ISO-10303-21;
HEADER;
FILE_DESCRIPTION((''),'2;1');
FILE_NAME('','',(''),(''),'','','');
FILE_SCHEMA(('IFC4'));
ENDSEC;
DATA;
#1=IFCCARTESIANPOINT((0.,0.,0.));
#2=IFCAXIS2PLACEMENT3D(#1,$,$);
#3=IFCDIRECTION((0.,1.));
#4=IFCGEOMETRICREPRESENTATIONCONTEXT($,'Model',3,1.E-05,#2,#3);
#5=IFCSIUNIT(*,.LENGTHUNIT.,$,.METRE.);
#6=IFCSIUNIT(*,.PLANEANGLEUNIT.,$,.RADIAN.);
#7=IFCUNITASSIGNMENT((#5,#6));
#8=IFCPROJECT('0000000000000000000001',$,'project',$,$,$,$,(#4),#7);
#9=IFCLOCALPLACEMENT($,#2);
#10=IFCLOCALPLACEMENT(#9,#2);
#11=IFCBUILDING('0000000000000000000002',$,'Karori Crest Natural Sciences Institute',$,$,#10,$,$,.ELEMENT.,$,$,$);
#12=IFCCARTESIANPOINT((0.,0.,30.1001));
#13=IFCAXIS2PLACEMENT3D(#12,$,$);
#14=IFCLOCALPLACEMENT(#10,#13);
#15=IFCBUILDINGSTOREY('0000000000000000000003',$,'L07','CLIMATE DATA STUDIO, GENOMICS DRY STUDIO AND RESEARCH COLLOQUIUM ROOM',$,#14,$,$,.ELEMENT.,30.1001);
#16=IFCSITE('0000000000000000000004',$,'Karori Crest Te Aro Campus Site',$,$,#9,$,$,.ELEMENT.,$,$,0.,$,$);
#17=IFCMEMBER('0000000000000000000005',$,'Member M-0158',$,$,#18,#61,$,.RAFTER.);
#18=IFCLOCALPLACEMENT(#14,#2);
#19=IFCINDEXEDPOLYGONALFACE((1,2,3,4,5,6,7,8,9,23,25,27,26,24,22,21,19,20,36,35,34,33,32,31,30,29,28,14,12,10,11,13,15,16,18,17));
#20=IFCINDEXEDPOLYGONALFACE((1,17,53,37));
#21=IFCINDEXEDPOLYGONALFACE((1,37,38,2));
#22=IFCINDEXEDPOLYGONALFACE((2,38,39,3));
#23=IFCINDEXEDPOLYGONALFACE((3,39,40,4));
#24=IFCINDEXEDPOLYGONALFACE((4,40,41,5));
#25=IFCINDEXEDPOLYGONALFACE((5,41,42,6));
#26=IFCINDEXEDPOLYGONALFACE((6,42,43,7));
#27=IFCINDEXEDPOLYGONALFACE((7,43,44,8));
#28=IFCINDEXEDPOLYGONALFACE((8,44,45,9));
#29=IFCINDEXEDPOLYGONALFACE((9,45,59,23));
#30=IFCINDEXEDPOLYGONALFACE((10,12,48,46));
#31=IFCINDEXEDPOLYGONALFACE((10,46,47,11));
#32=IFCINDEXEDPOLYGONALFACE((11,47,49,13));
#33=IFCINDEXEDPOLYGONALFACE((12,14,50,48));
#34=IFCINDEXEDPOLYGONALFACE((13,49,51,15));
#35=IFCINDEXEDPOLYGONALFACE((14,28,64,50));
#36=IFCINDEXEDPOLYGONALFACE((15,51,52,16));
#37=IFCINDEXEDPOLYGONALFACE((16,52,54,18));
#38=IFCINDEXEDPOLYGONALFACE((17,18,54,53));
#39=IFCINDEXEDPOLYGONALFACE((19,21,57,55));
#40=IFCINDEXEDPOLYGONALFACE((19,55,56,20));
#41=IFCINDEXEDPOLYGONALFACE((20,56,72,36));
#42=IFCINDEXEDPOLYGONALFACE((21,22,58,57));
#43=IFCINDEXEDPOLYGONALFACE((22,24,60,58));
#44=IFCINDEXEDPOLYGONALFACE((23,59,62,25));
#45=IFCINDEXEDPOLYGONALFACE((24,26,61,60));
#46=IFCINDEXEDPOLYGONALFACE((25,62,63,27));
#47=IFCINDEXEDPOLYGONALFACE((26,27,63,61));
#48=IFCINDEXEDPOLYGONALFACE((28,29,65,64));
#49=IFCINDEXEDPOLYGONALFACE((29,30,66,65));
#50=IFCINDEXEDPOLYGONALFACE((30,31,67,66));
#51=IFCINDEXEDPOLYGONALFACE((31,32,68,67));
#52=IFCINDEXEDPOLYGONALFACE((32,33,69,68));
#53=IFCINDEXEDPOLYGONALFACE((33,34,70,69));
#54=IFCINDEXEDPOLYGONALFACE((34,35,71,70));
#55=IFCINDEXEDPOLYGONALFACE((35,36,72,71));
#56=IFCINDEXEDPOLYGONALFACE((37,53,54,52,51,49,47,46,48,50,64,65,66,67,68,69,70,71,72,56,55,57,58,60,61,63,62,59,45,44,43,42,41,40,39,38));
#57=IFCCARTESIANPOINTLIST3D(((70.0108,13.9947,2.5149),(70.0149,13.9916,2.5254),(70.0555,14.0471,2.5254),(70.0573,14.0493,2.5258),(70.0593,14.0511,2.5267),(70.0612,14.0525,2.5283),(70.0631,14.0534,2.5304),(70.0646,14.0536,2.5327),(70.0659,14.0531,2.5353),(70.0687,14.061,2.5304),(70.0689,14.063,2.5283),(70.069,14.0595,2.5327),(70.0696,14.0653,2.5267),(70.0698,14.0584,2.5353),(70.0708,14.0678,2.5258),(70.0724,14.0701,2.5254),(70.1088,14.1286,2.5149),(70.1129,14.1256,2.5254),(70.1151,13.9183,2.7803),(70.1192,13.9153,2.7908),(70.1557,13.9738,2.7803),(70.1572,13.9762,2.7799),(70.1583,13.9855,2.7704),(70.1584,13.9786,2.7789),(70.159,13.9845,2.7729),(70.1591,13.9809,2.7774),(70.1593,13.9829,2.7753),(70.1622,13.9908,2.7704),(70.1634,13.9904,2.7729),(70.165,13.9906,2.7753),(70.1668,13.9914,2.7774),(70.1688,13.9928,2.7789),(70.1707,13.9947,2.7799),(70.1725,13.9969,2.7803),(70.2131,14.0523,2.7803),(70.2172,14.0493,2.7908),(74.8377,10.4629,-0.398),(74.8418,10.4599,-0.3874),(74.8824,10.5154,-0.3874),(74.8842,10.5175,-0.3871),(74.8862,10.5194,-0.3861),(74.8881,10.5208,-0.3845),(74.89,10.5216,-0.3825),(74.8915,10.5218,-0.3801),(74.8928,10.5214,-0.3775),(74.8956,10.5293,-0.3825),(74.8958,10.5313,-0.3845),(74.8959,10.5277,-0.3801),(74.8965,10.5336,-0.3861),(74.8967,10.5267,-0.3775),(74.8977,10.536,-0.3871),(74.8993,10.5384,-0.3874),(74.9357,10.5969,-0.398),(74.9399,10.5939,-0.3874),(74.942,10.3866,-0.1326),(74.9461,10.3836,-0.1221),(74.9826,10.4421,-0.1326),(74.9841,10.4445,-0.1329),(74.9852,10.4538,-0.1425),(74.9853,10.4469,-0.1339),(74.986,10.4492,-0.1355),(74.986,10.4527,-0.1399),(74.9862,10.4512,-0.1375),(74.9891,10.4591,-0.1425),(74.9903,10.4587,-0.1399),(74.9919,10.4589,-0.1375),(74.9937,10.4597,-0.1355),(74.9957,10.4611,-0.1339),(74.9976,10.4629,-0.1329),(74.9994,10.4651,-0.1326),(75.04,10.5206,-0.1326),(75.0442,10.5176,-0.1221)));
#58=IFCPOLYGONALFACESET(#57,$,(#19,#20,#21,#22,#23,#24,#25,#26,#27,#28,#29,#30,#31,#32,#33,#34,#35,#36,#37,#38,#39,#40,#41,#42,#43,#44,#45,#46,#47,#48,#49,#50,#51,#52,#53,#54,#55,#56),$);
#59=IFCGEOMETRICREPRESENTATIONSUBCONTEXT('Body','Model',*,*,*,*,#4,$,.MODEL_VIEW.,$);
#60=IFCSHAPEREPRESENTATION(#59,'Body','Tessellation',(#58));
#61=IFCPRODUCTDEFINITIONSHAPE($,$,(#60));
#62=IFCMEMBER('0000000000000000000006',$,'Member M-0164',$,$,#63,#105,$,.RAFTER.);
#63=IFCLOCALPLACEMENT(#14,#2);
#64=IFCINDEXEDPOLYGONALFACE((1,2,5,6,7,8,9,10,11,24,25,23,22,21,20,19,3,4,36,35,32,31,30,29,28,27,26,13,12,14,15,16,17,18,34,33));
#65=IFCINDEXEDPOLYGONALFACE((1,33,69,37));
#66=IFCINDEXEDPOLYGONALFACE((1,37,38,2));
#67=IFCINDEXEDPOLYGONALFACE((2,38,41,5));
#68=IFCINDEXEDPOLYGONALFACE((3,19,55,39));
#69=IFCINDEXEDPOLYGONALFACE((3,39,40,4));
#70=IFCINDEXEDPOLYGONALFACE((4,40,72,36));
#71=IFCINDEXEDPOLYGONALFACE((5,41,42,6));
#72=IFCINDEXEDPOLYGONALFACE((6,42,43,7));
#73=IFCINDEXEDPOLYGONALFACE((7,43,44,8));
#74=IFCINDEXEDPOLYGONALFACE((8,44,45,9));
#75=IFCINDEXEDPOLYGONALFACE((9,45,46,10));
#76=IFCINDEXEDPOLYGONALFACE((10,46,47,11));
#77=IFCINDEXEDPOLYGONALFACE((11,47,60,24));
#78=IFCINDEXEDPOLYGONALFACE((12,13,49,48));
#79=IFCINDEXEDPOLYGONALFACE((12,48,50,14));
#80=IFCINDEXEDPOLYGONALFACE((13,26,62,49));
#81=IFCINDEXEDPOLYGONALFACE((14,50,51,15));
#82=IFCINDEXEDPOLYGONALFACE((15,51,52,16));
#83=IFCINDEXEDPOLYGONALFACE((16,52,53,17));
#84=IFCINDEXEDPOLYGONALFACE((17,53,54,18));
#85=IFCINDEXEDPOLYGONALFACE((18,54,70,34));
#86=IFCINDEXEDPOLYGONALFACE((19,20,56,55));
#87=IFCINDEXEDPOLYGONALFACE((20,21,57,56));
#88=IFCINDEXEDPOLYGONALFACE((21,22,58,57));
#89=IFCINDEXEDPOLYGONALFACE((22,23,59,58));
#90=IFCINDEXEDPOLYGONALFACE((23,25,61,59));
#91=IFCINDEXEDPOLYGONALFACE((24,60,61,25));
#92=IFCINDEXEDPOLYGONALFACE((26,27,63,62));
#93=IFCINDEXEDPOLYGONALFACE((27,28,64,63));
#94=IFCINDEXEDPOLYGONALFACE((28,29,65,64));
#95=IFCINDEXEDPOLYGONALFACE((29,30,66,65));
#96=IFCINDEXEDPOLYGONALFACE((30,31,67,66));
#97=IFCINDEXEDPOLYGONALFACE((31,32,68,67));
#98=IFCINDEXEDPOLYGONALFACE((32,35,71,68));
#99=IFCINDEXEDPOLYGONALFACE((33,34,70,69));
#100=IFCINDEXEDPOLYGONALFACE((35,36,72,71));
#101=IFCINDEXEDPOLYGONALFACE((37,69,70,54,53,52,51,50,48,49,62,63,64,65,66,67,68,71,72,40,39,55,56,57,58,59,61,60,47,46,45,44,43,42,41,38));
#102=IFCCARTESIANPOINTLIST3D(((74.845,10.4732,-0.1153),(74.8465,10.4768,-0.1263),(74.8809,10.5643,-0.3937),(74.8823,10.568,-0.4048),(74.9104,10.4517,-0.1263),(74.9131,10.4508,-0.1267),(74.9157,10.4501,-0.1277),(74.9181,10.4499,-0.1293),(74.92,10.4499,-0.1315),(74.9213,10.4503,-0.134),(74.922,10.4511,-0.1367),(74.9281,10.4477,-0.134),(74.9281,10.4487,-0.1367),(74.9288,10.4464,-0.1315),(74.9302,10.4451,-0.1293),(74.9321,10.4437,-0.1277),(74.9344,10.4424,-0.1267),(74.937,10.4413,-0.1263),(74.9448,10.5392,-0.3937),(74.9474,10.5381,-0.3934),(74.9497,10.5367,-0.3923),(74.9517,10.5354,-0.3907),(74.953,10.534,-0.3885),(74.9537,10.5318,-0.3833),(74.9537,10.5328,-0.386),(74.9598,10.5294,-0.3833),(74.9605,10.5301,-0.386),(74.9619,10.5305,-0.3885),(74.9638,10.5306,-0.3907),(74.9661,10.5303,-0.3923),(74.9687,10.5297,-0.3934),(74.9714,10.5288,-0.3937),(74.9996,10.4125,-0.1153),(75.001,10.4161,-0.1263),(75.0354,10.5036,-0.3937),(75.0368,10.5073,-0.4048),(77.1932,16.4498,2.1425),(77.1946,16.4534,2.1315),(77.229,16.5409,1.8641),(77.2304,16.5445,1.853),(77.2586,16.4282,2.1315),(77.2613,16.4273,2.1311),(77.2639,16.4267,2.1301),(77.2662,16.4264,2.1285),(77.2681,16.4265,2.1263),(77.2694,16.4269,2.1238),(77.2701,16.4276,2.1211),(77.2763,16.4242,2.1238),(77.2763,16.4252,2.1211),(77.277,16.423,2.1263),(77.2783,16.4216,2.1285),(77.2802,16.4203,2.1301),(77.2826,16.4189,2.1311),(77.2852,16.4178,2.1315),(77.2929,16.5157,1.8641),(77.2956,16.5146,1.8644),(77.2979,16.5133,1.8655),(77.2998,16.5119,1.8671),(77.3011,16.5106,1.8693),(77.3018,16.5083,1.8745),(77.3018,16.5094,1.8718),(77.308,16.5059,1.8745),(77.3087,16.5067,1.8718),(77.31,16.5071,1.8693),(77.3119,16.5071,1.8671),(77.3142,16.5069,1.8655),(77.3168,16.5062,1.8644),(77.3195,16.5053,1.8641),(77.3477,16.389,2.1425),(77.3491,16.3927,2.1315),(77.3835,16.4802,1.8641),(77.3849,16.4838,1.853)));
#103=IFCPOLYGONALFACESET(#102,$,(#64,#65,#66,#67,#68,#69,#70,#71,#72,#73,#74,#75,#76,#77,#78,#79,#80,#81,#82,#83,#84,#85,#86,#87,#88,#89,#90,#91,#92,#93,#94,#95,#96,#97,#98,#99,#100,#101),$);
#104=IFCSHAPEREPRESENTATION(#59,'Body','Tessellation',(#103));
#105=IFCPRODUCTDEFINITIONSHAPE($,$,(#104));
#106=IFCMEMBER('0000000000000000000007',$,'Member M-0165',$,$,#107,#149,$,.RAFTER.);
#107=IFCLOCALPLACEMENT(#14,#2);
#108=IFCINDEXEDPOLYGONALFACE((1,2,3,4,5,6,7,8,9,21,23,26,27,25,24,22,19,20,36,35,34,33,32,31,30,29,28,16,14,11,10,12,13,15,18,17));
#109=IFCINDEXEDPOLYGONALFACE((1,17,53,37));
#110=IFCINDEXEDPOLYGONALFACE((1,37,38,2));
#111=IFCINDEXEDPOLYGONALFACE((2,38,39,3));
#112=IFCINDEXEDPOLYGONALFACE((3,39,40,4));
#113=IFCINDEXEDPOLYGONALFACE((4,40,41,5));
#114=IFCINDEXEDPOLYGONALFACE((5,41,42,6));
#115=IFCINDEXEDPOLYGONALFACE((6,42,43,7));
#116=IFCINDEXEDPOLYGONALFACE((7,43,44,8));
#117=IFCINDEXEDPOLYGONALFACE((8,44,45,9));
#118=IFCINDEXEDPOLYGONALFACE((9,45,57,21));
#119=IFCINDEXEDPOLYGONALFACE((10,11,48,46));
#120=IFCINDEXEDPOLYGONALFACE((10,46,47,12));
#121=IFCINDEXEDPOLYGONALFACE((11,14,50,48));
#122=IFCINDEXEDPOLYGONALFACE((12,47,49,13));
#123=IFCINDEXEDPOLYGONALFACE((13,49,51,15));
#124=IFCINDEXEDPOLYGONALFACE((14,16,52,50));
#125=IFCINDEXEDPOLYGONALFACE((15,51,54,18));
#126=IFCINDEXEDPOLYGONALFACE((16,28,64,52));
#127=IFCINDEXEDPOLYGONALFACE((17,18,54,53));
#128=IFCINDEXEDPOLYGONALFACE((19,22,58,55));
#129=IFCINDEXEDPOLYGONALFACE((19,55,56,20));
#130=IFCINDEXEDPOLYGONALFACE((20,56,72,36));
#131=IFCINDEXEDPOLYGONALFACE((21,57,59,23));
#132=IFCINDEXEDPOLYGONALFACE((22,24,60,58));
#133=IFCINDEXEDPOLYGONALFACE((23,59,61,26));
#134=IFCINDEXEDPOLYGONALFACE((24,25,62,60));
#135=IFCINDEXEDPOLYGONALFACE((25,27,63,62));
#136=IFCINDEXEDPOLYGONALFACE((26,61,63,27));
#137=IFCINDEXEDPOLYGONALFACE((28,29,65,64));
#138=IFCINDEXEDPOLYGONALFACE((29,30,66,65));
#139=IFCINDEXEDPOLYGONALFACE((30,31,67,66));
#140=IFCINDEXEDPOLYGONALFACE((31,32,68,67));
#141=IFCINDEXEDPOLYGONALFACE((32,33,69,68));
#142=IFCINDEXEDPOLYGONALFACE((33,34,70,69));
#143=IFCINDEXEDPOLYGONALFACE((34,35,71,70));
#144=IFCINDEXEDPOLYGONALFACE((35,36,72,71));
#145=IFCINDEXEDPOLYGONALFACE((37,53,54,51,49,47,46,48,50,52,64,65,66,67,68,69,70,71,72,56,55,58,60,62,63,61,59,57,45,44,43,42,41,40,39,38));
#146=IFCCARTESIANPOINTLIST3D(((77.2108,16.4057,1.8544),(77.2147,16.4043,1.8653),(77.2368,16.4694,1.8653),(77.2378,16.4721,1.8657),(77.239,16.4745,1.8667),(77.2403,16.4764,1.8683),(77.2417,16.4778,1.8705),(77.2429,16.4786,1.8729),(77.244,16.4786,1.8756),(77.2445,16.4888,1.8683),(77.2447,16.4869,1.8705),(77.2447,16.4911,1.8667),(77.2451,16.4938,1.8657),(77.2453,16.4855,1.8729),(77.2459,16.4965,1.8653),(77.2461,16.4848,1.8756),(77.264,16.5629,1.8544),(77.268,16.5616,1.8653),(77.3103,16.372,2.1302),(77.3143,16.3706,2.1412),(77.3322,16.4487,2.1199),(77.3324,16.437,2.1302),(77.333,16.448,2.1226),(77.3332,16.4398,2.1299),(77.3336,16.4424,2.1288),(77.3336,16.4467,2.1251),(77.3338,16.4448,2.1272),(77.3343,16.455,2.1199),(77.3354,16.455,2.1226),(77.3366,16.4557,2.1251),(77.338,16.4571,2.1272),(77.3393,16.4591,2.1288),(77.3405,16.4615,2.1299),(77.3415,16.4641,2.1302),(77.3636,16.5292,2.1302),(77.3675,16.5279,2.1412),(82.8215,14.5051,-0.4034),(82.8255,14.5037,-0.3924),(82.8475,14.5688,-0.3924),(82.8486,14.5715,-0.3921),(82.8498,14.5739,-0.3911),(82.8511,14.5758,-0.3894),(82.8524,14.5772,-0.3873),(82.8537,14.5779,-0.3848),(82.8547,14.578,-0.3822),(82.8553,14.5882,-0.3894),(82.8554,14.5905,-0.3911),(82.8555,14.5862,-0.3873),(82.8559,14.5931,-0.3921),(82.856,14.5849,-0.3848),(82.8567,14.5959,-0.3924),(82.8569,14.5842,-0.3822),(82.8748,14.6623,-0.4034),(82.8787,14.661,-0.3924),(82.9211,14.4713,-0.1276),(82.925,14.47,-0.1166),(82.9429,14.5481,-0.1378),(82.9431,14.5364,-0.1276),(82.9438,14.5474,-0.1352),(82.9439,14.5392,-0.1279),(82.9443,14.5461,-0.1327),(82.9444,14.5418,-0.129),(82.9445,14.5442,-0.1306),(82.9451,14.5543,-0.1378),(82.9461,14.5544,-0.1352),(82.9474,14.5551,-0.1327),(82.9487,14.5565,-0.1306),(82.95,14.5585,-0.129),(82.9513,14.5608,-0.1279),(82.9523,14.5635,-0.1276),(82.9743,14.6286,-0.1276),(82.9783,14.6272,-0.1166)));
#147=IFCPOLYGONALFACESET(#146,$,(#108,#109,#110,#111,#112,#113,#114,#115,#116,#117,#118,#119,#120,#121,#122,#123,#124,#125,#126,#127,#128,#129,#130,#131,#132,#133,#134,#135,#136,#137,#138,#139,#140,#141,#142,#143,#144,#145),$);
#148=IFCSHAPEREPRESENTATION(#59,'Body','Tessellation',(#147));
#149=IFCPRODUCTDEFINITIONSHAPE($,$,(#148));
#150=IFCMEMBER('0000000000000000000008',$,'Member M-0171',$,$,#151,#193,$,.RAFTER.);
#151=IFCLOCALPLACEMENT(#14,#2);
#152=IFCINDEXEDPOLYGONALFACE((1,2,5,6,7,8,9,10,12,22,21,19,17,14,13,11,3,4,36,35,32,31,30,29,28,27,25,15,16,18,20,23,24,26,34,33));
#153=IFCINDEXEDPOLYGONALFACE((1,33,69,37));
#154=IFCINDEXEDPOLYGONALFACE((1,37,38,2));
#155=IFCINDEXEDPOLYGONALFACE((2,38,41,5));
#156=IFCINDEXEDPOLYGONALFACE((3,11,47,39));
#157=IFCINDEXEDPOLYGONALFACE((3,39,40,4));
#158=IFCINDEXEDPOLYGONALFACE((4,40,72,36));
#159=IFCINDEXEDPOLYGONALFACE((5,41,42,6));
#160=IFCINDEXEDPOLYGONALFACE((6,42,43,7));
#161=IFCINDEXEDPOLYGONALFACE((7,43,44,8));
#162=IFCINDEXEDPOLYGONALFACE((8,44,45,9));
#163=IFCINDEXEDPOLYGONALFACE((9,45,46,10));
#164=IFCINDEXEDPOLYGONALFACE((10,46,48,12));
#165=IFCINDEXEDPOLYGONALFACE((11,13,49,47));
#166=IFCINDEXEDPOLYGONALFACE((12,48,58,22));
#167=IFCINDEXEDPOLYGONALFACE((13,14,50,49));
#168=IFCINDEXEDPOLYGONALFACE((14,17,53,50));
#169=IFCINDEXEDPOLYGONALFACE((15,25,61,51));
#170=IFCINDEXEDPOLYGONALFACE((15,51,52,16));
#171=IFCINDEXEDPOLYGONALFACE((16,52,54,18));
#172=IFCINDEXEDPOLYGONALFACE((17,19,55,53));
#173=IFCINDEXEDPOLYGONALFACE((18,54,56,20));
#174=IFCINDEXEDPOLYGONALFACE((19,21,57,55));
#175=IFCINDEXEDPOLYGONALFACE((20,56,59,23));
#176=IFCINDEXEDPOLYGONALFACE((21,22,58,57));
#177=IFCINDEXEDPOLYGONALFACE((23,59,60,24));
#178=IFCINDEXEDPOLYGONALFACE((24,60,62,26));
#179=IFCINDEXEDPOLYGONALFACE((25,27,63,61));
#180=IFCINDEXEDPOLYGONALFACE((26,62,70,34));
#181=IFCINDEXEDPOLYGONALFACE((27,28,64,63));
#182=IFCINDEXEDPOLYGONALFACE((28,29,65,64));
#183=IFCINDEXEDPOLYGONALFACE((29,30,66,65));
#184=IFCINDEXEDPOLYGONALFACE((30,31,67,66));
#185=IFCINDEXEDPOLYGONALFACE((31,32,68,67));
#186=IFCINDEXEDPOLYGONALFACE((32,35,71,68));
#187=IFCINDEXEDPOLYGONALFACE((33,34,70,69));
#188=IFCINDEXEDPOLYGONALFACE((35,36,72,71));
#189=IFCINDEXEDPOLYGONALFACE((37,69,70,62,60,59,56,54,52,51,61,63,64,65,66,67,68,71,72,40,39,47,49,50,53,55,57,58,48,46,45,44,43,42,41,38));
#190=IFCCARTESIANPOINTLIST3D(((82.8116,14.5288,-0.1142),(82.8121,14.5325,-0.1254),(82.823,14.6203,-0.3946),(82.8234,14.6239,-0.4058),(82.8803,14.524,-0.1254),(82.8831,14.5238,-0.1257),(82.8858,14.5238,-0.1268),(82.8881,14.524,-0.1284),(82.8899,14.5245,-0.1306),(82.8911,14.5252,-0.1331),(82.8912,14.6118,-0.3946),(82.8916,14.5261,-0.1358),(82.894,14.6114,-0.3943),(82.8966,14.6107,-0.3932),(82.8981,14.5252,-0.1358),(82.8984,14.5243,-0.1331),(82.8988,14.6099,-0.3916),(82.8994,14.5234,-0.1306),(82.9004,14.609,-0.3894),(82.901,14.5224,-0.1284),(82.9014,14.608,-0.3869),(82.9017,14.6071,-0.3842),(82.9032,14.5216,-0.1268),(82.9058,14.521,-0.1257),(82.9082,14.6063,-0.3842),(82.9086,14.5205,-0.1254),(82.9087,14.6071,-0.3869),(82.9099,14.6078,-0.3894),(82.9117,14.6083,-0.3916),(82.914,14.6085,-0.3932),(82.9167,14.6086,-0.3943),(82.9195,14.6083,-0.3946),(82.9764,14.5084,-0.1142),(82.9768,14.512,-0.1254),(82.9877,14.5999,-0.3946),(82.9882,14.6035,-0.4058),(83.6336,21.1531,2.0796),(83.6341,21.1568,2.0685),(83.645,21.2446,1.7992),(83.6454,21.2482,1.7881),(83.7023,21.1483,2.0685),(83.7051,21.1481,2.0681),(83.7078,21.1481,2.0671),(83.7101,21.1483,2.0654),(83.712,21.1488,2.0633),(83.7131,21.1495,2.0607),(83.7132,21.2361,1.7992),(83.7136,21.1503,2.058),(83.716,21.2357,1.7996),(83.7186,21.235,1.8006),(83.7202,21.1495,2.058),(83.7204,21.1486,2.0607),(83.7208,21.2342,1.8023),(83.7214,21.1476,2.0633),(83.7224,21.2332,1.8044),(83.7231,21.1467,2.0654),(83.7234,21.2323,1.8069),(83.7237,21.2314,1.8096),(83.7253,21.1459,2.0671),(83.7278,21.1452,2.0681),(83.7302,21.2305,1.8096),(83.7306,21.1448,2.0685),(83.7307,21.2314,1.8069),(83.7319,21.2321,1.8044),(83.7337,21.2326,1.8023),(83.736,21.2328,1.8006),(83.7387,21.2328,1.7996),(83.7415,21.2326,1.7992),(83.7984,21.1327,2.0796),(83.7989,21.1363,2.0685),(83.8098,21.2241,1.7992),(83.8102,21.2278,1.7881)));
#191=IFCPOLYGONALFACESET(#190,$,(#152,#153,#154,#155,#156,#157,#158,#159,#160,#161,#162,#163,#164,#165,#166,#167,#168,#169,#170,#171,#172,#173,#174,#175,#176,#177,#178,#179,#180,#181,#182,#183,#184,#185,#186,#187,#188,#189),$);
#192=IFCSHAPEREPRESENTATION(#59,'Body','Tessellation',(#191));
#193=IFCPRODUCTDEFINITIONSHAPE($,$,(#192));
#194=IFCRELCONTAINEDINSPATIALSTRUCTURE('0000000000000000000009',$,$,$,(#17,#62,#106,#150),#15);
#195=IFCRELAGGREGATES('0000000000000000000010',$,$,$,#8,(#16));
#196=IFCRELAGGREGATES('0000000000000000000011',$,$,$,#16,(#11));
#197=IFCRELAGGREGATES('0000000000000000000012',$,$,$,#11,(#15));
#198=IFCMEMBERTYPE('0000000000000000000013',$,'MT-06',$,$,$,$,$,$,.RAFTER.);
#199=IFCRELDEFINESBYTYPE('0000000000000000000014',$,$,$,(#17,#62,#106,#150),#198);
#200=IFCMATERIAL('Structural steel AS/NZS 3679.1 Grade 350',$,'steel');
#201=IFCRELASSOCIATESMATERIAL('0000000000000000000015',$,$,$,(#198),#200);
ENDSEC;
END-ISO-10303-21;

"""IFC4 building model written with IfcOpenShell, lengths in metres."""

from ifc_helpers import new_model, si_unit, direction, frame, origin, origin_2d, place, context, subcontext, project, spatial, i_section, extrude, material, material_profile, profile_set, type_object, element, save


model = new_model("IFC4")

# Units and contexts
model_context = context("Model", 3, precision=1e-05, world=origin(), true_north=direction((0.0, 1.0)))
body_context = subcontext(model_context, "Body", "Model", "MODEL_VIEW")
ifc_project = project(units=[si_unit("LENGTHUNIT", "METRE"), si_unit("PLANEANGLEUNIT", "RADIAN")], contexts=[model_context])

# Site, building, storey
site_placement = place(None, origin())
site = spatial("IfcSite", under=ifc_project, at=site_placement, Name="Karori Crest Te Aro Campus Site", CompositionType="ELEMENT", RefElevation=0.0)
building_placement = place(site_placement, origin())
building = spatial("IfcBuilding", under=site, at=building_placement, Name="Karori Crest Natural Sciences Institute", CompositionType="ELEMENT")
storey_placement = place(building_placement, frame((0.0, 0.0, 30.1001)))
storey = spatial("IfcBuildingStorey", under=building, at=storey_placement, Name="L07", Description="CLIMATE DATA STUDIO, GENOMICS DRY STUDIO AND RESEARCH COLLOQUIUM ROOM", CompositionType="ELEMENT", Elevation=30.1001)

# Members
ifc_material_1 = material(Name="Structural steel AS/NZS 3679.1 Grade 350", Category="steel")
ifc_material_profile_1 = material_profile(ifc_material_1, i_section(OverallWidth=0.166, OverallDepth=0.3069, WebThickness=0.0066, FlangeThickness=0.0117, FilletRadius=0.011, at=origin_2d()), Name="310UB46.2")
ifc_profile_set_1 = profile_set([ifc_material_profile_1], Name="Structural steel AS/NZS 3679.1 Grade 350")
member_type_1 = type_object("IfcMemberType", Name="MT-06", PredefinedType="RAFTER", material=ifc_profile_set_1)
member_1_placement = place(storey_placement, frame((74.9409, 10.4902, -0.26), z_axis=(-0.725569, 0.530882, 0.437851), x_axis=(-0.590494, -0.807042, 0.0)))
element("IfcMember", 1, at=member_1_placement, inside=storey, type_object=member_type_1, Name="Member M-0158", PredefinedType="RAFTER", context=body_context, shape_type="SweptSolid", body=[
    extrude(i_section(OverallWidth=0.166, OverallDepth=0.3069, WebThickness=0.0066, FlangeThickness=0.0117, FilletRadius=0.011, at=origin_2d()), origin(), (0.0, 0.0, 1.0), 6.6526),
])
member_2_placement = place(storey_placement, frame((74.9409, 10.4902, -0.26), z_axis=(0.344977, 0.878045, 0.331706), x_axis=(-0.93074, 0.365681, 0.0)))
element("IfcMember", 2, at=member_2_placement, inside=storey, type_object=member_type_1, Name="Member M-0164", PredefinedType="RAFTER", context=body_context, shape_type="SweptSolid", body=[
    extrude(i_section(OverallWidth=0.166, OverallDepth=0.3069, WebThickness=0.0066, FlangeThickness=0.0117, FilletRadius=0.011, at=origin_2d()), origin(), (0.0, 0.0, 1.0), 6.8066),
])
member_3_placement = place(storey_placement, frame((82.8999, 14.5662, -0.26), z_axis=(-0.885034, 0.299799, 0.356139), x_axis=(-0.320836, -0.947135, 0.0)))
element("IfcMember", 3, at=member_3_placement, inside=storey, type_object=member_type_1, Name="Member M-0165", PredefinedType="RAFTER", context=body_context, shape_type="SweptSolid", body=[
    extrude(i_section(OverallWidth=0.166, OverallDepth=0.3069, WebThickness=0.0066, FlangeThickness=0.0117, FilletRadius=0.011, at=origin_2d()), origin(), (0.0, 0.0, 1.0), 6.3396),
])
member_4_placement = place(storey_placement, frame((82.8999, 14.5662, -0.26), z_axis=(0.116991, 0.942775, 0.312231), x_axis=(-0.992388, 0.123148, 0.0)))
element("IfcMember", 4, at=member_4_placement, inside=storey, type_object=member_type_1, Name="Member M-0171", PredefinedType="RAFTER", context=body_context, shape_type="SweptSolid", body=[
    extrude(i_section(OverallWidth=0.166, OverallDepth=0.3069, WebThickness=0.0066, FlangeThickness=0.0117, FilletRadius=0.011, at=origin_2d()), origin(), (0.0, 0.0, 1.0), 7.0264),
])

save(model, "model.ifc")
